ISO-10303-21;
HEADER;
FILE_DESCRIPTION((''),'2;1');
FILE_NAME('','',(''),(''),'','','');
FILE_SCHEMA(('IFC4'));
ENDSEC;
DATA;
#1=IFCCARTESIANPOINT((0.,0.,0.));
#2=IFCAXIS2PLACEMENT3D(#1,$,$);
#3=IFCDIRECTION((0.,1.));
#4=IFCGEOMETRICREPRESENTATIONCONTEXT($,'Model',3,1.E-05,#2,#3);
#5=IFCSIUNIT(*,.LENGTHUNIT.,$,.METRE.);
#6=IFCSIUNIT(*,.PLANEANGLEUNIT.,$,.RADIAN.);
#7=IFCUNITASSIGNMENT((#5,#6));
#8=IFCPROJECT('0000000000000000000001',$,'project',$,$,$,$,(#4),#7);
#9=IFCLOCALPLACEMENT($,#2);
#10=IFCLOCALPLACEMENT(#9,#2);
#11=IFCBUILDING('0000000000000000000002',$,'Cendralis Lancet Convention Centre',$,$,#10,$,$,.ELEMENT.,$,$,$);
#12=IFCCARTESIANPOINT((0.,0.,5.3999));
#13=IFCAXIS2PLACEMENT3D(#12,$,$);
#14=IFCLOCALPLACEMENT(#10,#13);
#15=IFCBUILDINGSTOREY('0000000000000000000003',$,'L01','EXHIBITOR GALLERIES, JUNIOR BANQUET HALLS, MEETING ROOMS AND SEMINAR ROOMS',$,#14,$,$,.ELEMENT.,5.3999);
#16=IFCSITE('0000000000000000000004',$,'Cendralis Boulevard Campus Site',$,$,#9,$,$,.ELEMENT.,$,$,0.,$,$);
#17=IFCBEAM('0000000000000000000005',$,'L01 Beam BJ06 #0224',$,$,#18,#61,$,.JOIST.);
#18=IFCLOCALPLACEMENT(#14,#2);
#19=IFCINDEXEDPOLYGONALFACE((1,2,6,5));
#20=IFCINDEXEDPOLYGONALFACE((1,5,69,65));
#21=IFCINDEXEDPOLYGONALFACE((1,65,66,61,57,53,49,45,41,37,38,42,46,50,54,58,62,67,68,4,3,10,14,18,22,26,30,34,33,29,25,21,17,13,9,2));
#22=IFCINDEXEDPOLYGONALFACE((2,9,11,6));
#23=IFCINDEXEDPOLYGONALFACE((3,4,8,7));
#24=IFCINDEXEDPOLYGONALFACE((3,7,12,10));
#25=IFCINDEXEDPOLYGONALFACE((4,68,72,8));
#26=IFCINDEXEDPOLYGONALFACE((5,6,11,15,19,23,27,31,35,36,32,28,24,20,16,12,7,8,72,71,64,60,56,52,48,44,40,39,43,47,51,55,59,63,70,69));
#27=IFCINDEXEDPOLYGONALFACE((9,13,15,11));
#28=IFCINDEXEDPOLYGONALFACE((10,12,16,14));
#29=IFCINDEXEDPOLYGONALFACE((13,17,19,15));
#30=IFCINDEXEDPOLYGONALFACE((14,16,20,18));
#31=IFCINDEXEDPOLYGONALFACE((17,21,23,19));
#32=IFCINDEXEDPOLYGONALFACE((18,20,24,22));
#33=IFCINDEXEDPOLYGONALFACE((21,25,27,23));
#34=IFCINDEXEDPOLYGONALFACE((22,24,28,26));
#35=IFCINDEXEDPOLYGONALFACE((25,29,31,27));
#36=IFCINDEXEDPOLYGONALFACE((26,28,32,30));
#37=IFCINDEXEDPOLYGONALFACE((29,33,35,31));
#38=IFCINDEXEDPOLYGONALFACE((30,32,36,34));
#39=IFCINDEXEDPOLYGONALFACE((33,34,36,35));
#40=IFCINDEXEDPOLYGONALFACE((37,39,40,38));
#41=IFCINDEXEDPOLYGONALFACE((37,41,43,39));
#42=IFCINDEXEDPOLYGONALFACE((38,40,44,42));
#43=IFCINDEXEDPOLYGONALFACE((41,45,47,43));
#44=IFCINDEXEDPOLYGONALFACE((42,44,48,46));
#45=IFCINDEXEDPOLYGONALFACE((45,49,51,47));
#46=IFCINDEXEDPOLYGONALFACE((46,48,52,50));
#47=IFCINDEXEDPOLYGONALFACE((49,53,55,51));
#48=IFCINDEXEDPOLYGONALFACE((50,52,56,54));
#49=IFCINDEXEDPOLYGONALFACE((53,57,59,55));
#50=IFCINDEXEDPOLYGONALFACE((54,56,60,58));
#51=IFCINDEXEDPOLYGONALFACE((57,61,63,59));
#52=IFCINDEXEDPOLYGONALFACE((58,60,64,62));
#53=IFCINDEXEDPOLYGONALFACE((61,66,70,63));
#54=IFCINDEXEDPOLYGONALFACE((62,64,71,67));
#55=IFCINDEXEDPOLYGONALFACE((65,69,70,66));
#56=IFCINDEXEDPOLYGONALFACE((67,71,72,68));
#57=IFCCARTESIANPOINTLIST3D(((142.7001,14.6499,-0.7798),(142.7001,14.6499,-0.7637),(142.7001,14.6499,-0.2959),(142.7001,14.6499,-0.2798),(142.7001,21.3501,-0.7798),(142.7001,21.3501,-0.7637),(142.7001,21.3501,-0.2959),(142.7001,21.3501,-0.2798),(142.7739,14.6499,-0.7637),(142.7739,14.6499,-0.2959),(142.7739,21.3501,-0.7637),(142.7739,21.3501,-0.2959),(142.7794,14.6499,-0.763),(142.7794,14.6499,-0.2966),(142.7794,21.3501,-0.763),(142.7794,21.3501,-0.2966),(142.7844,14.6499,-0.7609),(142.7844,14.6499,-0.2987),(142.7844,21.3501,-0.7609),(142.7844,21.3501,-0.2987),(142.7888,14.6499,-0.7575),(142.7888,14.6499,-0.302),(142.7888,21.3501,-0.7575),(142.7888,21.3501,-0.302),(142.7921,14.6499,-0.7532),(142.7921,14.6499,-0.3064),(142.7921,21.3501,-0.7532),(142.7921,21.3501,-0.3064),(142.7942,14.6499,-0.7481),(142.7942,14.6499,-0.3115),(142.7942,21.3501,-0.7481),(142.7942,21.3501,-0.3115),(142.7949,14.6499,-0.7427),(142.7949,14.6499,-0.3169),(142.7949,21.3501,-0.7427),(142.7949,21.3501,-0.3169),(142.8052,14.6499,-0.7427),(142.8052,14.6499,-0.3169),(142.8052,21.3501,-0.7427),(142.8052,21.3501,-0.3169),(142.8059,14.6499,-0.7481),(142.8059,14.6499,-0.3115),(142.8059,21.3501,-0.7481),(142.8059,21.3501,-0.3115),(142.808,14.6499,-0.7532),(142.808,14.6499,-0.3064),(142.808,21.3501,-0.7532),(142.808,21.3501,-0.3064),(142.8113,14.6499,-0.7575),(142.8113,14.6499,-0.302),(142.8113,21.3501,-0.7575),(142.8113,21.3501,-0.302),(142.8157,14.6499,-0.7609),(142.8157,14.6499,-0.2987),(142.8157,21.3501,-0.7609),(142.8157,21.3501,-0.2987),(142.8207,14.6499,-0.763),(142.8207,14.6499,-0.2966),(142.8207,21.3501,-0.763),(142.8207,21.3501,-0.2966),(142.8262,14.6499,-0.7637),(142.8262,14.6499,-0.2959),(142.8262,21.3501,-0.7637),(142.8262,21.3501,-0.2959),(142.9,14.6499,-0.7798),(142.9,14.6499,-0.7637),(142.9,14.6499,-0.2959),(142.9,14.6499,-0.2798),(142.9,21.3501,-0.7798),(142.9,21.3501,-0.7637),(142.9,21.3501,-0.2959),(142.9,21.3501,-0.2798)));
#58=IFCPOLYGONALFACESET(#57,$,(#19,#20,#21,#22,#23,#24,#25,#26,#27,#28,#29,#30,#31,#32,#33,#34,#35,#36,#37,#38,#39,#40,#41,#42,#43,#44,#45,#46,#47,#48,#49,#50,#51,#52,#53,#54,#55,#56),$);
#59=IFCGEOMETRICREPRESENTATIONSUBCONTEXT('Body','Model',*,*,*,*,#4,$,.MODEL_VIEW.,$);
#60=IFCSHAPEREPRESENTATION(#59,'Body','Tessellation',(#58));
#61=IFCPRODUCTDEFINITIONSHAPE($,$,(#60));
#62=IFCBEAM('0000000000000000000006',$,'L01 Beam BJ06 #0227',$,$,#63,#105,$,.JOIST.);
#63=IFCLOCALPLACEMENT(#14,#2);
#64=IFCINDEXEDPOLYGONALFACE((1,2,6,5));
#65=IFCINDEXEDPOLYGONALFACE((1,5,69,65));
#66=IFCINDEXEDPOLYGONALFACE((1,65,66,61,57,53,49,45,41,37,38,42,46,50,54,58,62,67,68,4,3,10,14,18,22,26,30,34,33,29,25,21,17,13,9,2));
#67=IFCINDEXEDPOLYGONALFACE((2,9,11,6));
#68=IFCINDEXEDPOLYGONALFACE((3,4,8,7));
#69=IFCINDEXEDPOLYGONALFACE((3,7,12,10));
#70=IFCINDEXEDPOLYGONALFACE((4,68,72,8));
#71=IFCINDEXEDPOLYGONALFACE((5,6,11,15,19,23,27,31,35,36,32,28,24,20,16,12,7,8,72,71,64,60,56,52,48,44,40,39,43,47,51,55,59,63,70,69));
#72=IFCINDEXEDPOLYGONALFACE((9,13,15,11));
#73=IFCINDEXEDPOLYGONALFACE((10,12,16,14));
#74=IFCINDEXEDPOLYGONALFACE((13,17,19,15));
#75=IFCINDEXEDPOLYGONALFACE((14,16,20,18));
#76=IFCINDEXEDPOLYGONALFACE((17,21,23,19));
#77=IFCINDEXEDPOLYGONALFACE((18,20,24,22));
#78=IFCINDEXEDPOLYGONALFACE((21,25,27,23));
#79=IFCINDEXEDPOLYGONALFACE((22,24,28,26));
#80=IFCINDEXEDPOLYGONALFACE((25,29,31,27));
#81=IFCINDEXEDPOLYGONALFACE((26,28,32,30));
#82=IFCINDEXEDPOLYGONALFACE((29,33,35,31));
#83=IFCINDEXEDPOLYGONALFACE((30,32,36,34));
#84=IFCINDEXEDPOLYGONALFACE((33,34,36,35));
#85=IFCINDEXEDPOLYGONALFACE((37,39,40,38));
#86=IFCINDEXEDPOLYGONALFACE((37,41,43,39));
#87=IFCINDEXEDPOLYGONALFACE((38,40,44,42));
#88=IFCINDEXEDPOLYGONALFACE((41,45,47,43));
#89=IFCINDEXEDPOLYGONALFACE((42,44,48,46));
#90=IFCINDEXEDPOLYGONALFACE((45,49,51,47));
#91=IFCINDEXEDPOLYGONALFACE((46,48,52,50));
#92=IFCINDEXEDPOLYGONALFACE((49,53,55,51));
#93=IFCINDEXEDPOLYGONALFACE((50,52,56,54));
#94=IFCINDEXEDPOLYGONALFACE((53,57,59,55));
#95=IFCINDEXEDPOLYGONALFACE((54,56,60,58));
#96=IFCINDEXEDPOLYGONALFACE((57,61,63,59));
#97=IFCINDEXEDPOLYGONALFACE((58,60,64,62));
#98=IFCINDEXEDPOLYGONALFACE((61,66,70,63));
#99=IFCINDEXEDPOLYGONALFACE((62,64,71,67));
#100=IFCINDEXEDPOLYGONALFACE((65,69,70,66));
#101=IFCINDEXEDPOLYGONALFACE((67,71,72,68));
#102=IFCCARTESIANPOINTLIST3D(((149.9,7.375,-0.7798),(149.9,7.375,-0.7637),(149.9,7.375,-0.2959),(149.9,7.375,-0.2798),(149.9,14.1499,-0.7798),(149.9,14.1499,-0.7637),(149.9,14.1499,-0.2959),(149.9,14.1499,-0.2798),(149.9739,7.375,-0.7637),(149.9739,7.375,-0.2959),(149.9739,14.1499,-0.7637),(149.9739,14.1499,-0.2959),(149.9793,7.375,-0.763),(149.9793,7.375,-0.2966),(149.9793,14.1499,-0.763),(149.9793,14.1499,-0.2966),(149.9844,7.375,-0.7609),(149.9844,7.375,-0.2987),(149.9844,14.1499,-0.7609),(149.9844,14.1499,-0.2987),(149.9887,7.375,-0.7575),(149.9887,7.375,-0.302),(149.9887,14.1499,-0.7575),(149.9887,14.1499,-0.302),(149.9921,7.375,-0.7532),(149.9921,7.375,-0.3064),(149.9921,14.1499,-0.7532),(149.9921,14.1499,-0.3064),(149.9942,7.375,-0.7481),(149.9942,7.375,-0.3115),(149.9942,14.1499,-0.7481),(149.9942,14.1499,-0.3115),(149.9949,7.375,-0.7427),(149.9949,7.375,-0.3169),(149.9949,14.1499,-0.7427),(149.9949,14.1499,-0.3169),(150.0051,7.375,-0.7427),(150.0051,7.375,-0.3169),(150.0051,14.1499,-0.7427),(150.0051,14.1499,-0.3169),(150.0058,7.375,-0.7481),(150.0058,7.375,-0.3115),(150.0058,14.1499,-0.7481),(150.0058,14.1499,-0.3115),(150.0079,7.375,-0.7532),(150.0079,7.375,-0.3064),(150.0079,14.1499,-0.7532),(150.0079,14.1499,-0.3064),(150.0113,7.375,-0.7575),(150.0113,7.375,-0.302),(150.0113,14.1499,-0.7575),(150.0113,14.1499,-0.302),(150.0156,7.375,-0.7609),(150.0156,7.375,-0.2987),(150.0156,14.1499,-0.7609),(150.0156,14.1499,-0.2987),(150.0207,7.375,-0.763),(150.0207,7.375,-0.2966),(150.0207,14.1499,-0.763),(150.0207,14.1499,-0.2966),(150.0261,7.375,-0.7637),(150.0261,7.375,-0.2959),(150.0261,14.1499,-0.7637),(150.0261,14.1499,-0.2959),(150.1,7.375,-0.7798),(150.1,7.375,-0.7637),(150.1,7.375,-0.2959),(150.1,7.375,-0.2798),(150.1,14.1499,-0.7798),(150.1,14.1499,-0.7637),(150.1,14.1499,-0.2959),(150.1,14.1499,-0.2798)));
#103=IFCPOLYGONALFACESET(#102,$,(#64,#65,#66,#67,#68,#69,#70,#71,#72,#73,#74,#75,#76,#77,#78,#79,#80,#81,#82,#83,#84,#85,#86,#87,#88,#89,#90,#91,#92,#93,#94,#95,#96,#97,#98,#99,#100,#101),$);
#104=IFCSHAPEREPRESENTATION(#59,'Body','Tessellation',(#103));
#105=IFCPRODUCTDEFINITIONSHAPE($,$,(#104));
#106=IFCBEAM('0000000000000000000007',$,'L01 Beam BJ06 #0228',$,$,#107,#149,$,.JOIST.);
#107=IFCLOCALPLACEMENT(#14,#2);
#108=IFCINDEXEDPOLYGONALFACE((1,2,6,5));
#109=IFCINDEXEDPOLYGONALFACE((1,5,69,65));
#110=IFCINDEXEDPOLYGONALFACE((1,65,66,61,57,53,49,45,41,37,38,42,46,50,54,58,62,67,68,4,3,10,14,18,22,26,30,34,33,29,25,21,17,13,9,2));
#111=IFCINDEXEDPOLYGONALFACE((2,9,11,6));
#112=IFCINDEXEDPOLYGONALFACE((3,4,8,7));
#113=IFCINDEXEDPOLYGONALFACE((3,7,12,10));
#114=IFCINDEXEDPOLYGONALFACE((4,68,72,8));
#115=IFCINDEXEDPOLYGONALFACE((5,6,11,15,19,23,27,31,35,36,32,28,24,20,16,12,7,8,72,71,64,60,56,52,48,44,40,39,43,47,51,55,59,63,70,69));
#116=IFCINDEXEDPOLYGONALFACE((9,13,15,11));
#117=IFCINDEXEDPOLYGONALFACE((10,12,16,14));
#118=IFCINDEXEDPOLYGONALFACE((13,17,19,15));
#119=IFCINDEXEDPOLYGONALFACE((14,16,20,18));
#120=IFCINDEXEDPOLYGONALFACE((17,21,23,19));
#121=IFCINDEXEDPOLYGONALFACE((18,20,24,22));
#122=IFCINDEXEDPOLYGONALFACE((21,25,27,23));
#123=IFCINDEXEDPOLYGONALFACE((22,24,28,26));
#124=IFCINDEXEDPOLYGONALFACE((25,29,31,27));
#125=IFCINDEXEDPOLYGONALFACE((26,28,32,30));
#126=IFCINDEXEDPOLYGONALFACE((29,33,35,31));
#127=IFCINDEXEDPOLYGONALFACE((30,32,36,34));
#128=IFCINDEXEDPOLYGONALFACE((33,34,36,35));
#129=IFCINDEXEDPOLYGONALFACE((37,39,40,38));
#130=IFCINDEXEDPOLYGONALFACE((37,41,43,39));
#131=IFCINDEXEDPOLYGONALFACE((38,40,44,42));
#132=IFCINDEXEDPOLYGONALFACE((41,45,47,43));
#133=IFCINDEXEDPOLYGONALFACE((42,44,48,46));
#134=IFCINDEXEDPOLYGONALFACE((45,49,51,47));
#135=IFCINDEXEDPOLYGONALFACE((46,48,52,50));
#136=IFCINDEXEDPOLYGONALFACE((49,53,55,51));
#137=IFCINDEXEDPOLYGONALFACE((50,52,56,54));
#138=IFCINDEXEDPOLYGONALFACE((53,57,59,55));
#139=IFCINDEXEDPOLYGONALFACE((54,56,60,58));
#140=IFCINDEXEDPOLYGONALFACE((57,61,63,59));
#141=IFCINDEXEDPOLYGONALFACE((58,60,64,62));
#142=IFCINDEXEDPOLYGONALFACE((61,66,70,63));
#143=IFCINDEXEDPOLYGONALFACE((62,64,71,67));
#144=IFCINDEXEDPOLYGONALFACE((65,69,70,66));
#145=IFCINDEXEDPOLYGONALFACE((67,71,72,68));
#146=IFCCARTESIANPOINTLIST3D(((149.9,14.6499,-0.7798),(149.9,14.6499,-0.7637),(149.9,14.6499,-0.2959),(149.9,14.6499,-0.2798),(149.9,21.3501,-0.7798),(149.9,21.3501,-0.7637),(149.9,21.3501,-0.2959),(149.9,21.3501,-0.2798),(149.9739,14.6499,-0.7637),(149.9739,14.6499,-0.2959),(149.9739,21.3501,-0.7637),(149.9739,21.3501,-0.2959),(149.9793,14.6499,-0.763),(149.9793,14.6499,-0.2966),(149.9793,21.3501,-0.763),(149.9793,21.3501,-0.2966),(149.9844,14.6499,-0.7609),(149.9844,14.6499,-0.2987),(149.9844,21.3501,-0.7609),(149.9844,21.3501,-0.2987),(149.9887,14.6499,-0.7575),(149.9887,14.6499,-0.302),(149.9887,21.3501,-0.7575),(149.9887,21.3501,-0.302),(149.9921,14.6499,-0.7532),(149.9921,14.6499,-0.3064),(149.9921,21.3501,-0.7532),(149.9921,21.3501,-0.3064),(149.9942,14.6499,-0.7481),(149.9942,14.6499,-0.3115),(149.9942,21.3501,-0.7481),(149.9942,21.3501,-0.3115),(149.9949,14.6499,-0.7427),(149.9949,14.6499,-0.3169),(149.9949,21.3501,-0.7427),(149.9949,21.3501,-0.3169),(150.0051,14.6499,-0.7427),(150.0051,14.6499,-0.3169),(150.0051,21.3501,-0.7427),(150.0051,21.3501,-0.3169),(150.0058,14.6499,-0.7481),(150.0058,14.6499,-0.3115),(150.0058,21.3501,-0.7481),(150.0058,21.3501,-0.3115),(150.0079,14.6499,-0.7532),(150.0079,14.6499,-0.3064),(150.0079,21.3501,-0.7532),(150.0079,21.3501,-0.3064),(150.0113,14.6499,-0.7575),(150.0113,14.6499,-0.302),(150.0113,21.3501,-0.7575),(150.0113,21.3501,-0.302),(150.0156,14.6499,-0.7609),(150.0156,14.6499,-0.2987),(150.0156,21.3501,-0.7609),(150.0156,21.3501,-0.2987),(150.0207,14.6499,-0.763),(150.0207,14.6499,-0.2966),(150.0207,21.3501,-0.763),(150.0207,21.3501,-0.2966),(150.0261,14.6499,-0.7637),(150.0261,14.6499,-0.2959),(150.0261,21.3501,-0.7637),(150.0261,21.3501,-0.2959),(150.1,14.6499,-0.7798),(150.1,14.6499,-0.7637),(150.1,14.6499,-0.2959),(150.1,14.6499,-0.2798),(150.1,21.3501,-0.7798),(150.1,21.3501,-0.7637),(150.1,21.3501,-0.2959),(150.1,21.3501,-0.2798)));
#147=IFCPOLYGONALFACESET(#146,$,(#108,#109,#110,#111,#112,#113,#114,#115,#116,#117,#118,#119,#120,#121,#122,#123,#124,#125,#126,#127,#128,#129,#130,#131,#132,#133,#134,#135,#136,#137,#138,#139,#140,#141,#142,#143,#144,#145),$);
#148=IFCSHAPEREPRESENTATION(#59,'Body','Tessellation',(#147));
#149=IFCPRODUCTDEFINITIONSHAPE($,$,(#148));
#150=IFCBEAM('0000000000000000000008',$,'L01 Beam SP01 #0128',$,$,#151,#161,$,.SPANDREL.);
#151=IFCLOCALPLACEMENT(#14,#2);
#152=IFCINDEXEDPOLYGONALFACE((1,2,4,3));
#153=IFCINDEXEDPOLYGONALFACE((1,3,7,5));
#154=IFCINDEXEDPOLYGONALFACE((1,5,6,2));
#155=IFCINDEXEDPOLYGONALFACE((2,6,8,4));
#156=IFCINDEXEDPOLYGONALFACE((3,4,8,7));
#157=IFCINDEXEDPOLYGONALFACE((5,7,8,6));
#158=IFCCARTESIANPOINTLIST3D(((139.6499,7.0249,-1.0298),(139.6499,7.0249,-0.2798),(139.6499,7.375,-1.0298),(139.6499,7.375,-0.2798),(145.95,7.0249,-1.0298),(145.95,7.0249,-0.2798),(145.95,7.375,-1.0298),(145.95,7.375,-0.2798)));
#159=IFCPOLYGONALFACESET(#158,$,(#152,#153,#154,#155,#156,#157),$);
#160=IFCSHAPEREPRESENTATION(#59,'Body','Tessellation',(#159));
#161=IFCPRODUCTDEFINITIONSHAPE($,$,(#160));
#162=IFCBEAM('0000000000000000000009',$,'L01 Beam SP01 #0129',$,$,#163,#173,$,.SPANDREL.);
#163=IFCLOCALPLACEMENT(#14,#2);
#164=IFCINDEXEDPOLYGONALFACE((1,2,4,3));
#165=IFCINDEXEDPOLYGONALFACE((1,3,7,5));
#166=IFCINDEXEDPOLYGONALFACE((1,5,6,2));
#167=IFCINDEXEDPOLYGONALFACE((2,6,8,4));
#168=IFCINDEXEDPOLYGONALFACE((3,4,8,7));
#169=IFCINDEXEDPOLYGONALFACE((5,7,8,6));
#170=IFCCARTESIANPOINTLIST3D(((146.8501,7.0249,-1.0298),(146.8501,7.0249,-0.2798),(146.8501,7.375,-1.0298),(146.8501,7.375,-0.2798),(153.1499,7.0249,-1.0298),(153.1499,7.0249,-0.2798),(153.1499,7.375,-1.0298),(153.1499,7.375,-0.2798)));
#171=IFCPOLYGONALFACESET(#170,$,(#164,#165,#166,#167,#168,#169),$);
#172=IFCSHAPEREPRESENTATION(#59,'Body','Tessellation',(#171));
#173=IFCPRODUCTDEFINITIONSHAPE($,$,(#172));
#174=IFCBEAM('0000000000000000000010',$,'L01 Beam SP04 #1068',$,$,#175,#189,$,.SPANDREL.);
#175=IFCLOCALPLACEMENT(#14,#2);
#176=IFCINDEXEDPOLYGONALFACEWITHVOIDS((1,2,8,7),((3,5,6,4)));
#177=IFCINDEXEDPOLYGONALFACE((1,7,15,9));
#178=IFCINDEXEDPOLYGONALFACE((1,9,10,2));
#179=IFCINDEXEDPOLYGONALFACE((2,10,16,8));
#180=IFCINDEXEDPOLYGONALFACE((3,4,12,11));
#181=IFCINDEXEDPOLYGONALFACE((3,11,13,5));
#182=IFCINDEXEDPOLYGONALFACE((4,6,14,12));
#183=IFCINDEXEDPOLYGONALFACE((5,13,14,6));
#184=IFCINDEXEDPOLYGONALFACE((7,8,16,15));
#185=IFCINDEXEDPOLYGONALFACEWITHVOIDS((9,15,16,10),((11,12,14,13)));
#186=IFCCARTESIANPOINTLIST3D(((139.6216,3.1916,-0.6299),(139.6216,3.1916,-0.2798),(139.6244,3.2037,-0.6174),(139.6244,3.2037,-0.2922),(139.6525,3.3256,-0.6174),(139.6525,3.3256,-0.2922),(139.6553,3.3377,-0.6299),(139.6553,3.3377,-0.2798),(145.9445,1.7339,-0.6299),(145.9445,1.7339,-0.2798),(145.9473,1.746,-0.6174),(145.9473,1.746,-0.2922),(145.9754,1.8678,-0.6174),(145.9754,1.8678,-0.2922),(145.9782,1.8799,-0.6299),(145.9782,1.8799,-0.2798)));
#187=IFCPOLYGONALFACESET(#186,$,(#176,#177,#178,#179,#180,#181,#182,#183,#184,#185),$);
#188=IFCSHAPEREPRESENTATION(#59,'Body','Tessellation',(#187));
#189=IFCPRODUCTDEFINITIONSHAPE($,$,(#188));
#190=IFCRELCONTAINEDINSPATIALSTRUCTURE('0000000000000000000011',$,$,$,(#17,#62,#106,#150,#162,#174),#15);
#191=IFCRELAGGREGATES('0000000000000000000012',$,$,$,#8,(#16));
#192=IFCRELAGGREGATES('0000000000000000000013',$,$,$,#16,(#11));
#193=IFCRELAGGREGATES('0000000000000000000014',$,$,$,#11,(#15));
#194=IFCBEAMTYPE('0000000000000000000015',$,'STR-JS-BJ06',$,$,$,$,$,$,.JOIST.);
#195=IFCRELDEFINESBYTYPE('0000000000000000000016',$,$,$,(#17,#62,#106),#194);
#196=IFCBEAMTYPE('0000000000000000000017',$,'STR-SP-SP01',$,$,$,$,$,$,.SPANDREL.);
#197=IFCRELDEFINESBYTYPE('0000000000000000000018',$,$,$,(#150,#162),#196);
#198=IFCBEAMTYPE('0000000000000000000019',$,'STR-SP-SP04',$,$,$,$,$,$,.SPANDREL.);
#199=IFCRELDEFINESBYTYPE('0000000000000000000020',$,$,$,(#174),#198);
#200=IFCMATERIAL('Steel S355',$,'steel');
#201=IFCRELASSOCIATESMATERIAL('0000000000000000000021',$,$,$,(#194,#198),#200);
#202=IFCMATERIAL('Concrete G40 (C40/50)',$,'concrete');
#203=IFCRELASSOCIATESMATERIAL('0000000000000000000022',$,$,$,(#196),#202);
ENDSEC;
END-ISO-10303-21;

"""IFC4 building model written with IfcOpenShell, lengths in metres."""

from ifc_helpers import new_model, si_unit, direction, frame, origin, origin_2d, place, context, subcontext, project, spatial, rectangle, hollow_rectangle, i_section, extrude, material, material_profile, profile_set, type_object, element, save


model = new_model("IFC4")

# Units and contexts
model_context = context("Model", 3, precision=1e-05, world=origin(), true_north=direction((0.0, 1.0)))
body_context = subcontext(model_context, "Body", "Model", "MODEL_VIEW")
ifc_project = project(units=[si_unit("LENGTHUNIT", "METRE"), si_unit("PLANEANGLEUNIT", "RADIAN")], contexts=[model_context])

# Site, building, storey
site_placement = place(None, origin())
site = spatial("IfcSite", under=ifc_project, at=site_placement, Name="Cendralis Boulevard Campus Site", CompositionType="ELEMENT", RefElevation=0.0)
building_placement = place(site_placement, origin())
building = spatial("IfcBuilding", under=site, at=building_placement, Name="Cendralis Lancet Convention Centre", CompositionType="ELEMENT")
storey_placement = place(building_placement, frame((0.0, 0.0, 5.3999)))
storey = spatial("IfcBuildingStorey", under=building, at=storey_placement, Name="L01", Description="EXHIBITOR GALLERIES, JUNIOR BANQUET HALLS, MEETING ROOMS AND SEMINAR ROOMS", CompositionType="ELEMENT", Elevation=5.3999)

# Shared definitions
ifc_material_1 = material(Name="Concrete G40 (C40/50)", Category="concrete")

# Beams
ifc_material_2 = material(Name="Steel S355", Category="steel")
ifc_material_profile_1 = material_profile(ifc_material_2, i_section(OverallWidth=0.2, OverallDepth=0.5, WebThickness=0.0103, FlangeThickness=0.0161, FilletRadius=0.021, at=origin_2d()), Name="IPE 500")
ifc_profile_set_1 = profile_set([ifc_material_profile_1], Name="Steel S355")
beam_type_1 = type_object("IfcBeamType", Name="STR-JS-BJ06", PredefinedType="JOIST", material=ifc_profile_set_1)
beam_1_placement = place(storey_placement, frame((142.8, 14.6499, -0.5298), z_axis=(0.0, 1.0, 0.0), x_axis=(-1.0, 0.0, 0.0)))
element("IfcBeam", 1, at=beam_1_placement, inside=storey, type_object=beam_type_1, Name="L01 Beam BJ06 #0224", PredefinedType="JOIST", context=body_context, shape_type="SweptSolid", body=[
    extrude(i_section(OverallWidth=0.2, OverallDepth=0.5, WebThickness=0.0103, FlangeThickness=0.0161, FilletRadius=0.021, at=origin_2d()), origin(), (0.0, 0.0, 1.0), 6.7002),
])
beam_2_placement = place(storey_placement, frame((150.0, 7.375, -0.5298), z_axis=(0.0, 1.0, 0.0), x_axis=(-1.0, 0.0, 0.0)))
element("IfcBeam", 2, at=beam_2_placement, inside=storey, type_object=beam_type_1, Name="L01 Beam BJ06 #0227", PredefinedType="JOIST", context=body_context, shape_type="SweptSolid", body=[
    extrude(i_section(OverallWidth=0.2, OverallDepth=0.5, WebThickness=0.0103, FlangeThickness=0.0161, FilletRadius=0.021, at=origin_2d()), origin(), (0.0, 0.0, 1.0), 6.7749),
])
beam_3_placement = place(storey_placement, frame((150.0, 14.6499, -0.5298), z_axis=(0.0, 1.0, 0.0), x_axis=(-1.0, 0.0, 0.0)))
element("IfcBeam", 3, at=beam_3_placement, inside=storey, type_object=beam_type_1, Name="L01 Beam BJ06 #0228", PredefinedType="JOIST", context=body_context, shape_type="SweptSolid", body=[
    extrude(i_section(OverallWidth=0.2, OverallDepth=0.5, WebThickness=0.0103, FlangeThickness=0.0161, FilletRadius=0.021, at=origin_2d()), origin(), (0.0, 0.0, 1.0), 6.7002),
])
ifc_material_profile_2 = material_profile(ifc_material_1, rectangle(XDim=0.3501, YDim=0.75, at=origin_2d()), Name="RCB 350x750")
ifc_profile_set_2 = profile_set([ifc_material_profile_2], Name="Concrete G40 (C40/50)")
beam_type_2 = type_object("IfcBeamType", Name="STR-SP-SP01", PredefinedType="SPANDREL", material=ifc_profile_set_2)
beam_4_placement = place(storey_placement, frame((139.6499, 7.2, -0.6548), z_axis=(1.0, 0.0, 0.0), x_axis=(0.0, 1.0, 0.0)))
element("IfcBeam", 4, at=beam_4_placement, inside=storey, type_object=beam_type_2, Name="L01 Beam SP01 #0128", PredefinedType="SPANDREL", context=body_context, shape_type="SweptSolid", body=[
    extrude(rectangle(XDim=0.3501, YDim=0.75, at=origin_2d()), origin(), (0.0, 0.0, 1.0), 6.3),
])
beam_5_placement = place(storey_placement, frame((146.8501, 7.2, -0.6548), z_axis=(1.0, 0.0, 0.0), x_axis=(0.0, 1.0, 0.0)))
element("IfcBeam", 5, at=beam_5_placement, inside=storey, type_object=beam_type_2, Name="L01 Beam SP01 #0129", PredefinedType="SPANDREL", context=body_context, shape_type="SweptSolid", body=[
    extrude(rectangle(XDim=0.3501, YDim=0.75, at=origin_2d()), origin(), (0.0, 0.0, 1.0), 6.2998),
])
ifc_material_profile_3 = material_profile(ifc_material_2, hollow_rectangle(XDim=0.1499, YDim=0.3501, WallThickness=0.0125, at=origin_2d()), Name="RHS 350x150x12.5")
ifc_profile_set_3 = profile_set([ifc_material_profile_3], Name="Steel S355")
beam_type_3 = type_object("IfcBeamType", Name="STR-SP-SP04", PredefinedType="SPANDREL", material=ifc_profile_set_3)
beam_6_placement = place(storey_placement, frame((139.6384, 3.2646, -0.4548), z_axis=(0.974438, -0.224656, 0.0), x_axis=(0.224656, 0.974438, 0.0)))
element("IfcBeam", 6, at=beam_6_placement, inside=storey, type_object=beam_type_3, Name="L01 Beam SP04 #1068", PredefinedType="SPANDREL", context=body_context, shape_type="SweptSolid", body=[
    extrude(hollow_rectangle(XDim=0.1499, YDim=0.3501, WallThickness=0.0125, at=origin_2d()), origin(), (0.0, 0.0, 1.0), 6.4888),
])

save(model, "model.ifc")
